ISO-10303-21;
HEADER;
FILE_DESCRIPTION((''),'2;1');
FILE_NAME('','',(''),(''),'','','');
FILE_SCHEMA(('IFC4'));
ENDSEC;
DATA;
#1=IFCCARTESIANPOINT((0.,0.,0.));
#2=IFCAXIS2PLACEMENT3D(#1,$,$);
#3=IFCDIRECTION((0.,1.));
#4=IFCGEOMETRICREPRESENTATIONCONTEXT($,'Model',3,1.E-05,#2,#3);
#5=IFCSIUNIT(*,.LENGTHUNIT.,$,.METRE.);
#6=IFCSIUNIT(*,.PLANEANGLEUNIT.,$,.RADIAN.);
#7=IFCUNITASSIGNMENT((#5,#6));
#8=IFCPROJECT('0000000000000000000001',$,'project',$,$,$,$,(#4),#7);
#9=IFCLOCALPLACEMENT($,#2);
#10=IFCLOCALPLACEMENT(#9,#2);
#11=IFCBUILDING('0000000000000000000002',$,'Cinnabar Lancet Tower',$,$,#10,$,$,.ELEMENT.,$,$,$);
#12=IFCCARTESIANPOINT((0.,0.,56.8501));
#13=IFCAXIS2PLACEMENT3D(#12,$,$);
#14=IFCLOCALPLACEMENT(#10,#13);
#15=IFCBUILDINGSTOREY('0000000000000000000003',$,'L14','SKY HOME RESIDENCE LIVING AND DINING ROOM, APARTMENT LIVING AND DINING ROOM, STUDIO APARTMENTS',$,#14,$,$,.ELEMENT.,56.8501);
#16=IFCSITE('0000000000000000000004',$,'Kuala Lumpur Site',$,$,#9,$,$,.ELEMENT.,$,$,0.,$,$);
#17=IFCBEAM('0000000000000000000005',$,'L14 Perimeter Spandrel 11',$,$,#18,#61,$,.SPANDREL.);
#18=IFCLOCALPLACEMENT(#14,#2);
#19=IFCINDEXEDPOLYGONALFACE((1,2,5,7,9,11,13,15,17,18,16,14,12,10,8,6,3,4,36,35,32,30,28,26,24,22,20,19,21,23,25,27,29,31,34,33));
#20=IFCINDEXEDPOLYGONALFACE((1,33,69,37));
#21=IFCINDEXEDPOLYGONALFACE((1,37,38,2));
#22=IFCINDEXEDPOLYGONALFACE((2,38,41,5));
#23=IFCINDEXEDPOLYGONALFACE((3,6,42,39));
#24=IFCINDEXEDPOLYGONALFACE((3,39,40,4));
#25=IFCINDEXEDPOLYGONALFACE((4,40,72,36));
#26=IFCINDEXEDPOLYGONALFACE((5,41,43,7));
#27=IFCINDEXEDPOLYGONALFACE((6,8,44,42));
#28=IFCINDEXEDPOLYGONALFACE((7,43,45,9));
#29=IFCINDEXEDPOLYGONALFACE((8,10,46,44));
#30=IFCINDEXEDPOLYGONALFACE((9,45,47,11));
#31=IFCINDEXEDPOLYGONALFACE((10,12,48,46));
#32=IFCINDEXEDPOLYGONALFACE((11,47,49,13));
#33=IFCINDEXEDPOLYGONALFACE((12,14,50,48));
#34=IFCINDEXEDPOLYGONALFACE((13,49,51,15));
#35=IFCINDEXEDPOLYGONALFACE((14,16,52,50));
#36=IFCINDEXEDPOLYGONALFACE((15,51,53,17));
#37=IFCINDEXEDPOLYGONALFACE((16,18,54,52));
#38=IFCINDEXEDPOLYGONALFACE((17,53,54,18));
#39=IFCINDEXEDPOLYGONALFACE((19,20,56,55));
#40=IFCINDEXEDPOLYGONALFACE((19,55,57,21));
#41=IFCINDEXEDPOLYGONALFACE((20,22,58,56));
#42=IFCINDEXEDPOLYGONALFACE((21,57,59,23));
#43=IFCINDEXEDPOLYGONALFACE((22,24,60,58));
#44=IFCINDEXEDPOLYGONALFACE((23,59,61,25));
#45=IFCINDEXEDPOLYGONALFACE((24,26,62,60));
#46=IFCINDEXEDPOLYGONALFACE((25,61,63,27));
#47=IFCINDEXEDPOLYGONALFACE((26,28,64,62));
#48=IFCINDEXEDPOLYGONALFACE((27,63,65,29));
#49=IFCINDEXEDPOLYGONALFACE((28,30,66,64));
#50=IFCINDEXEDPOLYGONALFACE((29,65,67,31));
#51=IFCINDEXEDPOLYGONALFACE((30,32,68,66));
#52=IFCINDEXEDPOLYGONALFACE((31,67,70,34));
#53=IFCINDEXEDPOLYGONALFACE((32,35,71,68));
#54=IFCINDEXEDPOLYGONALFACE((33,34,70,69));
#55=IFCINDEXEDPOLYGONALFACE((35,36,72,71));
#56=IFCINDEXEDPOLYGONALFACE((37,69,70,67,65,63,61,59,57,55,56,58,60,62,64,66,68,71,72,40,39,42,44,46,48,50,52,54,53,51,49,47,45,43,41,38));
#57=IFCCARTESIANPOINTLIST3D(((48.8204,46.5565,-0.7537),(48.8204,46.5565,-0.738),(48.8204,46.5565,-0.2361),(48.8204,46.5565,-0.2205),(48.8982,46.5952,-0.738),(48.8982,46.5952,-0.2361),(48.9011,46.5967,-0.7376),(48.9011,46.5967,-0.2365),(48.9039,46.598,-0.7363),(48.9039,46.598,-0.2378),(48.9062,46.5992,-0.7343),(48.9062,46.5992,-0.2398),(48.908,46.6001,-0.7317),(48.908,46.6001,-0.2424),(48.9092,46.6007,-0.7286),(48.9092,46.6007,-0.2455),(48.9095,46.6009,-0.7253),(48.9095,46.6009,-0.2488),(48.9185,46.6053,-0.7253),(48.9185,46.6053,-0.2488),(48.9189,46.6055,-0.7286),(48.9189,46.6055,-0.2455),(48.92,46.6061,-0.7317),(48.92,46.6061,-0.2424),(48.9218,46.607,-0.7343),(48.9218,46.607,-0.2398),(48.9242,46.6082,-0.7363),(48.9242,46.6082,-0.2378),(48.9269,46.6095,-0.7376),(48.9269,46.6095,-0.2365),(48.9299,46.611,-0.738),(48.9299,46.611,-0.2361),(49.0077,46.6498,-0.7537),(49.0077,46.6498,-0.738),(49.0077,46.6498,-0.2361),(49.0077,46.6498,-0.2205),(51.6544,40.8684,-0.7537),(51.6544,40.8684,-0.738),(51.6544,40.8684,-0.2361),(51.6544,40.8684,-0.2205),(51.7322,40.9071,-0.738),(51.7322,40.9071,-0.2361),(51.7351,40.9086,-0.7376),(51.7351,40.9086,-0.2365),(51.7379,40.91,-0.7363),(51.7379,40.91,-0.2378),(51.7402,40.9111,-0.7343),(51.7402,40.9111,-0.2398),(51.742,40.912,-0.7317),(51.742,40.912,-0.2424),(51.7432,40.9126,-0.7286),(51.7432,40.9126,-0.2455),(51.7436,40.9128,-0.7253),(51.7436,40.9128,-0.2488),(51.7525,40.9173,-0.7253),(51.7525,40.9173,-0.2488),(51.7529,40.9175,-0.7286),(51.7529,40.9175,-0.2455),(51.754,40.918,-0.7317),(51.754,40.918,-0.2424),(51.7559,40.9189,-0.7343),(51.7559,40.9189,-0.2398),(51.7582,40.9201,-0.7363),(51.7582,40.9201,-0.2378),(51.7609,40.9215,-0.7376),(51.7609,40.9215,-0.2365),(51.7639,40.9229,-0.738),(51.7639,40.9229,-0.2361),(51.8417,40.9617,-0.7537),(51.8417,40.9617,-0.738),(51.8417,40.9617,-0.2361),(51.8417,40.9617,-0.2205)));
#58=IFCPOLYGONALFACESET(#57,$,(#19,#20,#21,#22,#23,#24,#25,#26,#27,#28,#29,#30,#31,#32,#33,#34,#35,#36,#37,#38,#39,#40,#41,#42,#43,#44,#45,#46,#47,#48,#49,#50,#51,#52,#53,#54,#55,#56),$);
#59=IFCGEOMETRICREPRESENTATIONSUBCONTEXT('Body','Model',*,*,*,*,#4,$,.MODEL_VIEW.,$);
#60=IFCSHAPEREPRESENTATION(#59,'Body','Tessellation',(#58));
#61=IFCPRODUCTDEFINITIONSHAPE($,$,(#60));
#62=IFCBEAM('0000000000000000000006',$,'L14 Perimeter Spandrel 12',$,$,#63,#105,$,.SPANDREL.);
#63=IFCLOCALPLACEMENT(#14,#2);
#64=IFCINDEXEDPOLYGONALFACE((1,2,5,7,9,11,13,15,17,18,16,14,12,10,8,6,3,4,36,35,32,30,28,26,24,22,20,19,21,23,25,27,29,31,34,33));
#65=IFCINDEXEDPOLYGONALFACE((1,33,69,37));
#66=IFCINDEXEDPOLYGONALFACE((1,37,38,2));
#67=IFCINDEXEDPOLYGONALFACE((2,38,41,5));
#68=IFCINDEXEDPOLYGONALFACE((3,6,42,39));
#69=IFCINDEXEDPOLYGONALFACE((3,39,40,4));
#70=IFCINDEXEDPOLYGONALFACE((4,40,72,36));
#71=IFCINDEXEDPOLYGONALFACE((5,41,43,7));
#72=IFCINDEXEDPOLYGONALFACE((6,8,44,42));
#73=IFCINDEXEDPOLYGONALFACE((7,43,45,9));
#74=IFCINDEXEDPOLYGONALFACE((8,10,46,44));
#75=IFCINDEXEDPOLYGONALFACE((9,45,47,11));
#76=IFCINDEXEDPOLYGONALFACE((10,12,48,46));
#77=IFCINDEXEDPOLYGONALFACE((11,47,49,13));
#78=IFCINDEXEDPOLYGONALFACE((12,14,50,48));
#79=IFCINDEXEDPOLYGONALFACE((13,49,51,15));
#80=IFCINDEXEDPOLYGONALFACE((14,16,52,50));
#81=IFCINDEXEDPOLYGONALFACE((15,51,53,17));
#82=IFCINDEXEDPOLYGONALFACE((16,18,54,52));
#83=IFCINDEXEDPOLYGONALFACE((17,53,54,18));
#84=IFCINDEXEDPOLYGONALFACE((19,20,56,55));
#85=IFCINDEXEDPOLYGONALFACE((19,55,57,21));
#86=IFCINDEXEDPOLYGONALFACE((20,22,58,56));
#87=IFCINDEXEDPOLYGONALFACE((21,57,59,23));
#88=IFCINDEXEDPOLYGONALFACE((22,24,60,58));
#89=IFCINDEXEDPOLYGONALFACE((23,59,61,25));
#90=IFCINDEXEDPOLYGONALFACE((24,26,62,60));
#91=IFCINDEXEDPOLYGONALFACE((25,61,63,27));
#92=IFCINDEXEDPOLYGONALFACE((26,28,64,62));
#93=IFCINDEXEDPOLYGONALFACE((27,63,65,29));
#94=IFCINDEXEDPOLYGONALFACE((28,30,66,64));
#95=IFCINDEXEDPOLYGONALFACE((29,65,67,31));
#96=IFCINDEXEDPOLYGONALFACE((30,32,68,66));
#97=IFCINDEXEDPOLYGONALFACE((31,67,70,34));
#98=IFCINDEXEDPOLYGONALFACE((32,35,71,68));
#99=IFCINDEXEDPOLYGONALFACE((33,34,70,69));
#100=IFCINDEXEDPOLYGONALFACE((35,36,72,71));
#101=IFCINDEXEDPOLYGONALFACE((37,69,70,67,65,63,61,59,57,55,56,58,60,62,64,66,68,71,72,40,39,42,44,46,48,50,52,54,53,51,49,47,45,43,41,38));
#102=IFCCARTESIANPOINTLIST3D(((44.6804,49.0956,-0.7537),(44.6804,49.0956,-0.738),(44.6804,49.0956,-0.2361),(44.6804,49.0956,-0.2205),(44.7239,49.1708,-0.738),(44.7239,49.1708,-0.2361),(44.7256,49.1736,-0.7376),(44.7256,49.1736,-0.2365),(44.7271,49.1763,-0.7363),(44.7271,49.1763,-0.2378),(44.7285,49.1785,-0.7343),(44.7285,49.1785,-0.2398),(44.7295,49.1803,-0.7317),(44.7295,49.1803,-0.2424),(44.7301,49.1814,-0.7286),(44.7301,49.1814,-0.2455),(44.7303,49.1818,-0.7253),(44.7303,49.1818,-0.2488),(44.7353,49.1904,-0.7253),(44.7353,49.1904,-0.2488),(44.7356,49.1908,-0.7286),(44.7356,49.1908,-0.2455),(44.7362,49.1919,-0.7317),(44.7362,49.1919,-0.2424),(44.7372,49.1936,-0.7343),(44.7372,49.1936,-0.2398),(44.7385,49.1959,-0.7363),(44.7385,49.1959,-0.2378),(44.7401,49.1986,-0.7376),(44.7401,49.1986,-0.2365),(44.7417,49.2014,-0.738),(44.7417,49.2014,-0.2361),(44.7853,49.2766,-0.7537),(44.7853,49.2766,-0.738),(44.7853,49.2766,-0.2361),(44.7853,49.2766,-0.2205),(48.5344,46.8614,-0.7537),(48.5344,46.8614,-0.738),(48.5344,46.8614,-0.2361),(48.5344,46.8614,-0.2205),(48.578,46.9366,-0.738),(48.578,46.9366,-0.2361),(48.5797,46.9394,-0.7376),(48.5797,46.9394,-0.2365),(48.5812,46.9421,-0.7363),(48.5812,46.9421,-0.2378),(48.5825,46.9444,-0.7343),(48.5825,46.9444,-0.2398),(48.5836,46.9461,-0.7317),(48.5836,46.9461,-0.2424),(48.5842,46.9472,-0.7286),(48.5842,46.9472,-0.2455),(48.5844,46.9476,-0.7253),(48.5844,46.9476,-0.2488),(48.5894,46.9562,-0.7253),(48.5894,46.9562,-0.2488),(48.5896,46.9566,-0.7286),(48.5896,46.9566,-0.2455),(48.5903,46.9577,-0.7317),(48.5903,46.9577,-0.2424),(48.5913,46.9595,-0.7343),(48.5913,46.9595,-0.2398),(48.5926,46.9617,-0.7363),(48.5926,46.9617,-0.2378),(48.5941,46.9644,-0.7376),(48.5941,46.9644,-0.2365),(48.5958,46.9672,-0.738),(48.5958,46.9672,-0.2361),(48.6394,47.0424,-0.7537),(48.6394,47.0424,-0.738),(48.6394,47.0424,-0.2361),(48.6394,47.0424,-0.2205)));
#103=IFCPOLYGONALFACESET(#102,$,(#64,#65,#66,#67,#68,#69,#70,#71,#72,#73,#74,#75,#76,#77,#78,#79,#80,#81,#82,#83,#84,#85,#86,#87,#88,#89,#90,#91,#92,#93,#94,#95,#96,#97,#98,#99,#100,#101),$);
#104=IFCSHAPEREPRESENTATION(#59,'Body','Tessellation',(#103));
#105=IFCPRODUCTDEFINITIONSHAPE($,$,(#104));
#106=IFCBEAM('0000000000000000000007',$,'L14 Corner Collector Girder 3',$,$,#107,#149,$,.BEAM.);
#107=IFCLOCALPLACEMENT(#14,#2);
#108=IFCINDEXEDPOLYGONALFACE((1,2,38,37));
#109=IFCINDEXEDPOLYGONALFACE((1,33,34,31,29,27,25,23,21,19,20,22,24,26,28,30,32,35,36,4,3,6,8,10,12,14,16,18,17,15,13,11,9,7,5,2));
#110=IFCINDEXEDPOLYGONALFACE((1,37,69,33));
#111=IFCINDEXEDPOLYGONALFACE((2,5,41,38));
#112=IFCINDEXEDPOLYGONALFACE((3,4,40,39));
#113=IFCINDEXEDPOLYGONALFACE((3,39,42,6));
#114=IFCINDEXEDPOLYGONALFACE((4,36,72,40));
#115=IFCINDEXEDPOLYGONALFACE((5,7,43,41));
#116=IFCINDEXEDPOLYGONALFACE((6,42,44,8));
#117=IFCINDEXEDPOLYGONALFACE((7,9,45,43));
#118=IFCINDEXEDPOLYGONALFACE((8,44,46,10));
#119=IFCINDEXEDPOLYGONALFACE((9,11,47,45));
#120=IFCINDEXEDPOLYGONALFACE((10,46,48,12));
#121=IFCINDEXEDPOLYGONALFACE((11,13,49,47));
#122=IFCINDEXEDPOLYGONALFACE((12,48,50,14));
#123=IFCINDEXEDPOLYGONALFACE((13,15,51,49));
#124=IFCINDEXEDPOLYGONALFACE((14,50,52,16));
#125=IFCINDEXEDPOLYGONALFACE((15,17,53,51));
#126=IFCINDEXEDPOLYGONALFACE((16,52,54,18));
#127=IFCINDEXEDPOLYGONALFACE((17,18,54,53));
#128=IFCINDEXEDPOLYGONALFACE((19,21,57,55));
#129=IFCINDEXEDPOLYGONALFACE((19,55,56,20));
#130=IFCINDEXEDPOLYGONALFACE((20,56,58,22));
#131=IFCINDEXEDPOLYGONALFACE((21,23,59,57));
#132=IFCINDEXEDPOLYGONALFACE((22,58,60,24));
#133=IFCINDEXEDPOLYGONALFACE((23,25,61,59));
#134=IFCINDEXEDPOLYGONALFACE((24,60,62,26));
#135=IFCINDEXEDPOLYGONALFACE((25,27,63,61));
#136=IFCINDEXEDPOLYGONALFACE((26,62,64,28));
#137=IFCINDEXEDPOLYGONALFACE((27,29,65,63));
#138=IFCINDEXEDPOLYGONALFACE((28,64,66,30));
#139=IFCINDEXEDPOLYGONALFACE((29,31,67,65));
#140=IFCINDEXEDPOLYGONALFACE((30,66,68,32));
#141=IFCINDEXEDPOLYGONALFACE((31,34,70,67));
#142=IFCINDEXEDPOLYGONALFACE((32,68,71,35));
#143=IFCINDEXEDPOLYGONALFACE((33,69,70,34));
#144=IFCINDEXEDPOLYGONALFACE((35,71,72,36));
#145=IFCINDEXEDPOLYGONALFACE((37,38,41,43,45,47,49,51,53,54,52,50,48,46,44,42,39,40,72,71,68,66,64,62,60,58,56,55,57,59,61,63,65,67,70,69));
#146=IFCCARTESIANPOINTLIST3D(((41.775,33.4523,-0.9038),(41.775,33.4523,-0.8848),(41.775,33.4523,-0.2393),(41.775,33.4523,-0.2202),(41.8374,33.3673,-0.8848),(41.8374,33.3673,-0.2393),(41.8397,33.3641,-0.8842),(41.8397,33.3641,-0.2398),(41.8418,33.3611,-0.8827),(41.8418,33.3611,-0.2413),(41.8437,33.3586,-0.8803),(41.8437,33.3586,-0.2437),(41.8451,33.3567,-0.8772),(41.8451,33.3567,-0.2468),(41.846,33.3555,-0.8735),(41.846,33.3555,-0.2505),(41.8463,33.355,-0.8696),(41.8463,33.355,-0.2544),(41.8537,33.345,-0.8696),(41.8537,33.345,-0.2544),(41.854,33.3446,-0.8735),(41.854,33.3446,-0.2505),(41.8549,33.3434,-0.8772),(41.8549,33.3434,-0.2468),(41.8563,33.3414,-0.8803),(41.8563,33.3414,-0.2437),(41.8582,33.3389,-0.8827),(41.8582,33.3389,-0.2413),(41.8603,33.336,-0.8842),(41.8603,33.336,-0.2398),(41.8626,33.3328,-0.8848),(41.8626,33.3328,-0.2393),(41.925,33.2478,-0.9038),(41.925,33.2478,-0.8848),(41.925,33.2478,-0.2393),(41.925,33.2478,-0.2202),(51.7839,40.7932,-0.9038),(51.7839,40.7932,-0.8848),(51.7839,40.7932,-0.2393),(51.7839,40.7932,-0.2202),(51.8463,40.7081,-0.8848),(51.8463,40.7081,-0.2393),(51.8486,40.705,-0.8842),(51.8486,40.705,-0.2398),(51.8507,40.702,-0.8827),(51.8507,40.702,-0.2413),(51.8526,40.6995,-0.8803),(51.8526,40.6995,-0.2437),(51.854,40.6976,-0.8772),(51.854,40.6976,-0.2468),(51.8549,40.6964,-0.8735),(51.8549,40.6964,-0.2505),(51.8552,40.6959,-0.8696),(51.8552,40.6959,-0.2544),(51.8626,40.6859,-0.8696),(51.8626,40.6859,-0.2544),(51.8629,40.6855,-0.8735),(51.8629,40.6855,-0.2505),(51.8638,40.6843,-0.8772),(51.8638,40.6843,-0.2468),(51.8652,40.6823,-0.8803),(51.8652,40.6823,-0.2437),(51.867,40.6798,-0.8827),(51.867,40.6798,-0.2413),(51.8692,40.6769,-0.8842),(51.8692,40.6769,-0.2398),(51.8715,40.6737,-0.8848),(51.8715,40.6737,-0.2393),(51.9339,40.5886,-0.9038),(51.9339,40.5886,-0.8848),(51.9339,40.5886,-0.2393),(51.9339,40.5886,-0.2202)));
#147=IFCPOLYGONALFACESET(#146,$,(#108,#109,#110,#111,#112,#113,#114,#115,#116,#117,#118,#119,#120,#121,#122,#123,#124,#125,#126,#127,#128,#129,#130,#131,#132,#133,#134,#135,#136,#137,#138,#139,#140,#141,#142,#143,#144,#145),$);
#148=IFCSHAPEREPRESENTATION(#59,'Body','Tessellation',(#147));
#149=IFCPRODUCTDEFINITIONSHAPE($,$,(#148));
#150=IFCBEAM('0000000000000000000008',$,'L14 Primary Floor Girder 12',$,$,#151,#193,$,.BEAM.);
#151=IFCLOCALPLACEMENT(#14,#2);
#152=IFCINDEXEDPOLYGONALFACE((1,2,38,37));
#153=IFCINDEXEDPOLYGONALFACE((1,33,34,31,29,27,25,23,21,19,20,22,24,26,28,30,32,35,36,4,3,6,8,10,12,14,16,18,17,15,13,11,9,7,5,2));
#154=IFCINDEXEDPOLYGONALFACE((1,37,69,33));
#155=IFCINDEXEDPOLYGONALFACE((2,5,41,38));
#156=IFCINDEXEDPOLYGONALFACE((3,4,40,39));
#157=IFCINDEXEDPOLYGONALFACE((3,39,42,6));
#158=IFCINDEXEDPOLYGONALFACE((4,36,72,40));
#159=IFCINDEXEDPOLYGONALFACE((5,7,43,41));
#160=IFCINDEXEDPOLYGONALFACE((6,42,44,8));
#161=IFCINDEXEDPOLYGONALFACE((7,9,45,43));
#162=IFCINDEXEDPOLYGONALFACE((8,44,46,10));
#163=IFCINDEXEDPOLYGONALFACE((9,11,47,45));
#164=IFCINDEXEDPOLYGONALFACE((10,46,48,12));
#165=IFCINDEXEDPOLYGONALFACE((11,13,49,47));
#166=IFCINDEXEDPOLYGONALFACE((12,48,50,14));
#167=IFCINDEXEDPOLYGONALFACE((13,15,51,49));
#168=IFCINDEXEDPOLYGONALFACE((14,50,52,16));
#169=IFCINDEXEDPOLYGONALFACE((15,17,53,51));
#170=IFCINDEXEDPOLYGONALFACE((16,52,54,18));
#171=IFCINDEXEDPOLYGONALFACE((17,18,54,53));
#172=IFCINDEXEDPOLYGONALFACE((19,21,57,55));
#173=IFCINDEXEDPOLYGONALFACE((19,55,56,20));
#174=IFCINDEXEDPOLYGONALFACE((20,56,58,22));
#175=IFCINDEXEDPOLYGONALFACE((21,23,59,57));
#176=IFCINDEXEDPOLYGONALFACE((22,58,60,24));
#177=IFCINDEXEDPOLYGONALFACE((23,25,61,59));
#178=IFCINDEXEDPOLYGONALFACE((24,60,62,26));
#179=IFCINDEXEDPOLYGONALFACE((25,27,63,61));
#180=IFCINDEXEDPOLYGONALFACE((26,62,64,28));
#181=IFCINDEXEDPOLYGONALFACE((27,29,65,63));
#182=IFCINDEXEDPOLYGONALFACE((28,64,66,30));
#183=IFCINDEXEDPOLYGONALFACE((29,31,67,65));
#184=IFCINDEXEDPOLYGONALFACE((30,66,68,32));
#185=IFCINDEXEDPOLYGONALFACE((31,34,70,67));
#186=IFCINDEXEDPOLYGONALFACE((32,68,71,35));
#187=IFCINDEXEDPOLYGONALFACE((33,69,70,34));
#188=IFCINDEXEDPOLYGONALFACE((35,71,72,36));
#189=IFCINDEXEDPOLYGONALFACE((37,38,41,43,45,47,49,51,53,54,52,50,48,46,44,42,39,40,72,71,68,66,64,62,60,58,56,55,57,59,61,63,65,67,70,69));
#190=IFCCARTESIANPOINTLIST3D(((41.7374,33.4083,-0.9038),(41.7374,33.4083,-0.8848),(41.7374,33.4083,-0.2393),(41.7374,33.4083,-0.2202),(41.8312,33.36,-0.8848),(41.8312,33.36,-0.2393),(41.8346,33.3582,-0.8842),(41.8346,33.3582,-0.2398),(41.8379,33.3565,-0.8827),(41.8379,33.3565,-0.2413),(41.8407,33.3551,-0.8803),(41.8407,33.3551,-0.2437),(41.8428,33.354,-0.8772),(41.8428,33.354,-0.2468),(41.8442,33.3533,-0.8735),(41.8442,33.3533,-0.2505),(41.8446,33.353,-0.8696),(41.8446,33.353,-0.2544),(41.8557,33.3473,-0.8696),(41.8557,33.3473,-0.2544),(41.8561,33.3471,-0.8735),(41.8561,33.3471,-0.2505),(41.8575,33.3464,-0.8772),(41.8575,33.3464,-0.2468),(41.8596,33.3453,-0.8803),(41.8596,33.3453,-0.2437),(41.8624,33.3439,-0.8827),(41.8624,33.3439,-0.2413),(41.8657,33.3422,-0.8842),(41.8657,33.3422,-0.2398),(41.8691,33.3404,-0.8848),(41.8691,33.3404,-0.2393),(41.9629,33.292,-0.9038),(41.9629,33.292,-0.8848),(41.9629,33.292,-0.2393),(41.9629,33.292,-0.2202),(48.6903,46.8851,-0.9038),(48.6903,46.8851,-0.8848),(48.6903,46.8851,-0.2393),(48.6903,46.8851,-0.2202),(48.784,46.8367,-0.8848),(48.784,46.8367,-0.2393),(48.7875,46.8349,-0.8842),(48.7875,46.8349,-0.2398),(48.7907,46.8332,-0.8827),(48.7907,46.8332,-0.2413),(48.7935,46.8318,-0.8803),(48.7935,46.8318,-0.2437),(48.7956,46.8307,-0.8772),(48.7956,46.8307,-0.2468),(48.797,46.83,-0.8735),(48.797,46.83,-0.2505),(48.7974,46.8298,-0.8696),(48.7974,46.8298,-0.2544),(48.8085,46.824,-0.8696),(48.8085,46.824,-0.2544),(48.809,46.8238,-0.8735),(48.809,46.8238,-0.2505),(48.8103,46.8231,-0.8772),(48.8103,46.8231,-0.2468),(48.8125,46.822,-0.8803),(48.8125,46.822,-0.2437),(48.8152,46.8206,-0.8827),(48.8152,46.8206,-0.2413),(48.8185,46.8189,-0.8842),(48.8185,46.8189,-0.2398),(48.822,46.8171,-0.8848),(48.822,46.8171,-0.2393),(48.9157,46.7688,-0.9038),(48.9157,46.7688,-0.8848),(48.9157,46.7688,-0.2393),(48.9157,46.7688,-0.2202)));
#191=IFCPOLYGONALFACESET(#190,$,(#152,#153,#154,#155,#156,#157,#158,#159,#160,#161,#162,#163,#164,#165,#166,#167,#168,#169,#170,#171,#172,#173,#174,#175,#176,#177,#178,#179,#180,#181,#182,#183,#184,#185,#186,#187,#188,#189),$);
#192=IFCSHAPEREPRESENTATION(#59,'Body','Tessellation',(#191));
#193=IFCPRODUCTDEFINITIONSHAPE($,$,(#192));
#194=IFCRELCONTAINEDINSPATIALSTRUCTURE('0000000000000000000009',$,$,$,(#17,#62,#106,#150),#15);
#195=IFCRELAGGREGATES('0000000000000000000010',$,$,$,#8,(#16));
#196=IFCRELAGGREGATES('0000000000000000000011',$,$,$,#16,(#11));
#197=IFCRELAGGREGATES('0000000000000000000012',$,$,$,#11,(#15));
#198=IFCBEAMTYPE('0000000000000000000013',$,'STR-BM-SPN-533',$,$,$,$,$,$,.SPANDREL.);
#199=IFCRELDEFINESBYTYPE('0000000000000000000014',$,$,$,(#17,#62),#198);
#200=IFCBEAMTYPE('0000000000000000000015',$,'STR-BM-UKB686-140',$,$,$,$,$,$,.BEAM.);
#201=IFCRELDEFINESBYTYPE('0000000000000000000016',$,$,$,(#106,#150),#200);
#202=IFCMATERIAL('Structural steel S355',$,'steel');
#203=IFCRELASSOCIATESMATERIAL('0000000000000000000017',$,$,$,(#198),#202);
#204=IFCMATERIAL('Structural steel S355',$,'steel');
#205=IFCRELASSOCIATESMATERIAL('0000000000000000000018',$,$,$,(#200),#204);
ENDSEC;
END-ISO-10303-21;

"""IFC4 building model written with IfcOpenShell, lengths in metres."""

from ifc_helpers import new_model, si_unit, direction, frame, origin, origin_2d, place, context, subcontext, project, spatial, i_section, extrude, material, material_profile, profile_set, type_object, element, save


model = new_model("IFC4")

# Units and contexts
model_context = context("Model", 3, precision=1e-05, world=origin(), true_north=direction((0.0, 1.0)))
body_context = subcontext(model_context, "Body", "Model", "MODEL_VIEW")
ifc_project = project(units=[si_unit("LENGTHUNIT", "METRE"), si_unit("PLANEANGLEUNIT", "RADIAN")], contexts=[model_context])

# Site, building, storey
site_placement = place(None, origin())
site = spatial("IfcSite", under=ifc_project, at=site_placement, Name="Kuala Lumpur Site", CompositionType="ELEMENT", RefElevation=0.0)
building_placement = place(site_placement, origin())
building = spatial("IfcBuilding", under=site, at=building_placement, Name="Cinnabar Lancet Tower", CompositionType="ELEMENT")
storey_placement = place(building_placement, frame((0.0, 0.0, 56.8501)))
storey = spatial("IfcBuildingStorey", under=building, at=storey_placement, Name="L14", Description="SKY HOME RESIDENCE LIVING AND DINING ROOM, APARTMENT LIVING AND DINING ROOM, STUDIO APARTMENTS", CompositionType="ELEMENT", Elevation=56.8501)

# Beams
ifc_material_1 = material(Name="Structural steel S355", Category="steel")
ifc_material_profile_1 = material_profile(ifc_material_1, i_section(OverallWidth=0.2092, OverallDepth=0.5332, WebThickness=0.01, FlangeThickness=0.0156, FilletRadius=0.0127, at=origin_2d()), Name="UKB 533x210x92")
ifc_profile_set_1 = profile_set([ifc_material_profile_1], Name="Structural steel S355")
beam_type_1 = type_object("IfcBeamType", Name="STR-BM-SPN-533", PredefinedType="SPANDREL", material=ifc_profile_set_1)
beam_1_placement = place(storey_placement, frame((51.748, 40.915, -0.4871), z_axis=(-0.445953, 0.895056, 0.0), x_axis=(-0.895056, -0.445953, 0.0)))
element("IfcBeam", 1, at=beam_1_placement, inside=storey, type_object=beam_type_1, Name="L14 Perimeter Spandrel 11", PredefinedType="SPANDREL", context=body_context, shape_type="SweptSolid", body=[
    extrude(i_section(OverallWidth=0.2092, OverallDepth=0.5332, WebThickness=0.01, FlangeThickness=0.0156, FilletRadius=0.0127, at=origin_2d()), origin(), (0.0, 0.0, 1.0), 6.355),
])
beam_2_placement = place(storey_placement, frame((48.5869, 46.9519, -0.4871), z_axis=(-0.865147, 0.501518, 0.0), x_axis=(-0.501518, -0.865147, 0.0)))
element("IfcBeam", 2, at=beam_2_placement, inside=storey, type_object=beam_type_1, Name="L14 Perimeter Spandrel 12", PredefinedType="SPANDREL", context=body_context, shape_type="SweptSolid", body=[
    extrude(i_section(OverallWidth=0.2092, OverallDepth=0.5332, WebThickness=0.01, FlangeThickness=0.0156, FilletRadius=0.0127, at=origin_2d()), origin(), (0.0, 0.0, 1.0), 4.4548),
])
ifc_material_2 = material(Name="Structural steel S355", Category="steel")
ifc_material_profile_2 = material_profile(ifc_material_2, i_section(OverallWidth=0.2537, OverallDepth=0.6836, WebThickness=0.0125, FlangeThickness=0.019, FilletRadius=0.0151, at=origin_2d()), Name="UKB 686x254x140")
ifc_profile_set_2 = profile_set([ifc_material_profile_2], Name="Structural steel S355")
beam_type_2 = type_object("IfcBeamType", Name="STR-BM-UKB686-140", PredefinedType="BEAM", material=ifc_profile_set_2)
beam_3_placement = place(storey_placement, frame((51.8589, 40.6909, -0.562), z_axis=(-0.806365, -0.591418, 0.0), x_axis=(0.591418, -0.806365, 0.0)))
element("IfcBeam", 3, at=beam_3_placement, inside=storey, type_object=beam_type_2, Name="L14 Corner Collector Girder 3", PredefinedType="BEAM", context=body_context, shape_type="SweptSolid", body=[
    extrude(i_section(OverallWidth=0.2537, OverallDepth=0.6836, WebThickness=0.0125, FlangeThickness=0.019, FilletRadius=0.0151, at=origin_2d()), origin(), (0.0, 0.0, 1.0), 12.4124),
])
beam_4_placement = place(storey_placement, frame((48.803, 46.8269, -0.562), z_axis=(-0.458492, -0.888698, 0.0), x_axis=(0.888698, -0.458492, 0.0)))
element("IfcBeam", 4, at=beam_4_placement, inside=storey, type_object=beam_type_2, Name="L14 Primary Floor Girder 12", PredefinedType="BEAM", context=body_context, shape_type="SweptSolid", body=[
    extrude(i_section(OverallWidth=0.2537, OverallDepth=0.6836, WebThickness=0.0125, FlangeThickness=0.019, FilletRadius=0.0151, at=origin_2d()), origin(), (0.0, 0.0, 1.0), 15.1646),
])

save(model, "model.ifc")
